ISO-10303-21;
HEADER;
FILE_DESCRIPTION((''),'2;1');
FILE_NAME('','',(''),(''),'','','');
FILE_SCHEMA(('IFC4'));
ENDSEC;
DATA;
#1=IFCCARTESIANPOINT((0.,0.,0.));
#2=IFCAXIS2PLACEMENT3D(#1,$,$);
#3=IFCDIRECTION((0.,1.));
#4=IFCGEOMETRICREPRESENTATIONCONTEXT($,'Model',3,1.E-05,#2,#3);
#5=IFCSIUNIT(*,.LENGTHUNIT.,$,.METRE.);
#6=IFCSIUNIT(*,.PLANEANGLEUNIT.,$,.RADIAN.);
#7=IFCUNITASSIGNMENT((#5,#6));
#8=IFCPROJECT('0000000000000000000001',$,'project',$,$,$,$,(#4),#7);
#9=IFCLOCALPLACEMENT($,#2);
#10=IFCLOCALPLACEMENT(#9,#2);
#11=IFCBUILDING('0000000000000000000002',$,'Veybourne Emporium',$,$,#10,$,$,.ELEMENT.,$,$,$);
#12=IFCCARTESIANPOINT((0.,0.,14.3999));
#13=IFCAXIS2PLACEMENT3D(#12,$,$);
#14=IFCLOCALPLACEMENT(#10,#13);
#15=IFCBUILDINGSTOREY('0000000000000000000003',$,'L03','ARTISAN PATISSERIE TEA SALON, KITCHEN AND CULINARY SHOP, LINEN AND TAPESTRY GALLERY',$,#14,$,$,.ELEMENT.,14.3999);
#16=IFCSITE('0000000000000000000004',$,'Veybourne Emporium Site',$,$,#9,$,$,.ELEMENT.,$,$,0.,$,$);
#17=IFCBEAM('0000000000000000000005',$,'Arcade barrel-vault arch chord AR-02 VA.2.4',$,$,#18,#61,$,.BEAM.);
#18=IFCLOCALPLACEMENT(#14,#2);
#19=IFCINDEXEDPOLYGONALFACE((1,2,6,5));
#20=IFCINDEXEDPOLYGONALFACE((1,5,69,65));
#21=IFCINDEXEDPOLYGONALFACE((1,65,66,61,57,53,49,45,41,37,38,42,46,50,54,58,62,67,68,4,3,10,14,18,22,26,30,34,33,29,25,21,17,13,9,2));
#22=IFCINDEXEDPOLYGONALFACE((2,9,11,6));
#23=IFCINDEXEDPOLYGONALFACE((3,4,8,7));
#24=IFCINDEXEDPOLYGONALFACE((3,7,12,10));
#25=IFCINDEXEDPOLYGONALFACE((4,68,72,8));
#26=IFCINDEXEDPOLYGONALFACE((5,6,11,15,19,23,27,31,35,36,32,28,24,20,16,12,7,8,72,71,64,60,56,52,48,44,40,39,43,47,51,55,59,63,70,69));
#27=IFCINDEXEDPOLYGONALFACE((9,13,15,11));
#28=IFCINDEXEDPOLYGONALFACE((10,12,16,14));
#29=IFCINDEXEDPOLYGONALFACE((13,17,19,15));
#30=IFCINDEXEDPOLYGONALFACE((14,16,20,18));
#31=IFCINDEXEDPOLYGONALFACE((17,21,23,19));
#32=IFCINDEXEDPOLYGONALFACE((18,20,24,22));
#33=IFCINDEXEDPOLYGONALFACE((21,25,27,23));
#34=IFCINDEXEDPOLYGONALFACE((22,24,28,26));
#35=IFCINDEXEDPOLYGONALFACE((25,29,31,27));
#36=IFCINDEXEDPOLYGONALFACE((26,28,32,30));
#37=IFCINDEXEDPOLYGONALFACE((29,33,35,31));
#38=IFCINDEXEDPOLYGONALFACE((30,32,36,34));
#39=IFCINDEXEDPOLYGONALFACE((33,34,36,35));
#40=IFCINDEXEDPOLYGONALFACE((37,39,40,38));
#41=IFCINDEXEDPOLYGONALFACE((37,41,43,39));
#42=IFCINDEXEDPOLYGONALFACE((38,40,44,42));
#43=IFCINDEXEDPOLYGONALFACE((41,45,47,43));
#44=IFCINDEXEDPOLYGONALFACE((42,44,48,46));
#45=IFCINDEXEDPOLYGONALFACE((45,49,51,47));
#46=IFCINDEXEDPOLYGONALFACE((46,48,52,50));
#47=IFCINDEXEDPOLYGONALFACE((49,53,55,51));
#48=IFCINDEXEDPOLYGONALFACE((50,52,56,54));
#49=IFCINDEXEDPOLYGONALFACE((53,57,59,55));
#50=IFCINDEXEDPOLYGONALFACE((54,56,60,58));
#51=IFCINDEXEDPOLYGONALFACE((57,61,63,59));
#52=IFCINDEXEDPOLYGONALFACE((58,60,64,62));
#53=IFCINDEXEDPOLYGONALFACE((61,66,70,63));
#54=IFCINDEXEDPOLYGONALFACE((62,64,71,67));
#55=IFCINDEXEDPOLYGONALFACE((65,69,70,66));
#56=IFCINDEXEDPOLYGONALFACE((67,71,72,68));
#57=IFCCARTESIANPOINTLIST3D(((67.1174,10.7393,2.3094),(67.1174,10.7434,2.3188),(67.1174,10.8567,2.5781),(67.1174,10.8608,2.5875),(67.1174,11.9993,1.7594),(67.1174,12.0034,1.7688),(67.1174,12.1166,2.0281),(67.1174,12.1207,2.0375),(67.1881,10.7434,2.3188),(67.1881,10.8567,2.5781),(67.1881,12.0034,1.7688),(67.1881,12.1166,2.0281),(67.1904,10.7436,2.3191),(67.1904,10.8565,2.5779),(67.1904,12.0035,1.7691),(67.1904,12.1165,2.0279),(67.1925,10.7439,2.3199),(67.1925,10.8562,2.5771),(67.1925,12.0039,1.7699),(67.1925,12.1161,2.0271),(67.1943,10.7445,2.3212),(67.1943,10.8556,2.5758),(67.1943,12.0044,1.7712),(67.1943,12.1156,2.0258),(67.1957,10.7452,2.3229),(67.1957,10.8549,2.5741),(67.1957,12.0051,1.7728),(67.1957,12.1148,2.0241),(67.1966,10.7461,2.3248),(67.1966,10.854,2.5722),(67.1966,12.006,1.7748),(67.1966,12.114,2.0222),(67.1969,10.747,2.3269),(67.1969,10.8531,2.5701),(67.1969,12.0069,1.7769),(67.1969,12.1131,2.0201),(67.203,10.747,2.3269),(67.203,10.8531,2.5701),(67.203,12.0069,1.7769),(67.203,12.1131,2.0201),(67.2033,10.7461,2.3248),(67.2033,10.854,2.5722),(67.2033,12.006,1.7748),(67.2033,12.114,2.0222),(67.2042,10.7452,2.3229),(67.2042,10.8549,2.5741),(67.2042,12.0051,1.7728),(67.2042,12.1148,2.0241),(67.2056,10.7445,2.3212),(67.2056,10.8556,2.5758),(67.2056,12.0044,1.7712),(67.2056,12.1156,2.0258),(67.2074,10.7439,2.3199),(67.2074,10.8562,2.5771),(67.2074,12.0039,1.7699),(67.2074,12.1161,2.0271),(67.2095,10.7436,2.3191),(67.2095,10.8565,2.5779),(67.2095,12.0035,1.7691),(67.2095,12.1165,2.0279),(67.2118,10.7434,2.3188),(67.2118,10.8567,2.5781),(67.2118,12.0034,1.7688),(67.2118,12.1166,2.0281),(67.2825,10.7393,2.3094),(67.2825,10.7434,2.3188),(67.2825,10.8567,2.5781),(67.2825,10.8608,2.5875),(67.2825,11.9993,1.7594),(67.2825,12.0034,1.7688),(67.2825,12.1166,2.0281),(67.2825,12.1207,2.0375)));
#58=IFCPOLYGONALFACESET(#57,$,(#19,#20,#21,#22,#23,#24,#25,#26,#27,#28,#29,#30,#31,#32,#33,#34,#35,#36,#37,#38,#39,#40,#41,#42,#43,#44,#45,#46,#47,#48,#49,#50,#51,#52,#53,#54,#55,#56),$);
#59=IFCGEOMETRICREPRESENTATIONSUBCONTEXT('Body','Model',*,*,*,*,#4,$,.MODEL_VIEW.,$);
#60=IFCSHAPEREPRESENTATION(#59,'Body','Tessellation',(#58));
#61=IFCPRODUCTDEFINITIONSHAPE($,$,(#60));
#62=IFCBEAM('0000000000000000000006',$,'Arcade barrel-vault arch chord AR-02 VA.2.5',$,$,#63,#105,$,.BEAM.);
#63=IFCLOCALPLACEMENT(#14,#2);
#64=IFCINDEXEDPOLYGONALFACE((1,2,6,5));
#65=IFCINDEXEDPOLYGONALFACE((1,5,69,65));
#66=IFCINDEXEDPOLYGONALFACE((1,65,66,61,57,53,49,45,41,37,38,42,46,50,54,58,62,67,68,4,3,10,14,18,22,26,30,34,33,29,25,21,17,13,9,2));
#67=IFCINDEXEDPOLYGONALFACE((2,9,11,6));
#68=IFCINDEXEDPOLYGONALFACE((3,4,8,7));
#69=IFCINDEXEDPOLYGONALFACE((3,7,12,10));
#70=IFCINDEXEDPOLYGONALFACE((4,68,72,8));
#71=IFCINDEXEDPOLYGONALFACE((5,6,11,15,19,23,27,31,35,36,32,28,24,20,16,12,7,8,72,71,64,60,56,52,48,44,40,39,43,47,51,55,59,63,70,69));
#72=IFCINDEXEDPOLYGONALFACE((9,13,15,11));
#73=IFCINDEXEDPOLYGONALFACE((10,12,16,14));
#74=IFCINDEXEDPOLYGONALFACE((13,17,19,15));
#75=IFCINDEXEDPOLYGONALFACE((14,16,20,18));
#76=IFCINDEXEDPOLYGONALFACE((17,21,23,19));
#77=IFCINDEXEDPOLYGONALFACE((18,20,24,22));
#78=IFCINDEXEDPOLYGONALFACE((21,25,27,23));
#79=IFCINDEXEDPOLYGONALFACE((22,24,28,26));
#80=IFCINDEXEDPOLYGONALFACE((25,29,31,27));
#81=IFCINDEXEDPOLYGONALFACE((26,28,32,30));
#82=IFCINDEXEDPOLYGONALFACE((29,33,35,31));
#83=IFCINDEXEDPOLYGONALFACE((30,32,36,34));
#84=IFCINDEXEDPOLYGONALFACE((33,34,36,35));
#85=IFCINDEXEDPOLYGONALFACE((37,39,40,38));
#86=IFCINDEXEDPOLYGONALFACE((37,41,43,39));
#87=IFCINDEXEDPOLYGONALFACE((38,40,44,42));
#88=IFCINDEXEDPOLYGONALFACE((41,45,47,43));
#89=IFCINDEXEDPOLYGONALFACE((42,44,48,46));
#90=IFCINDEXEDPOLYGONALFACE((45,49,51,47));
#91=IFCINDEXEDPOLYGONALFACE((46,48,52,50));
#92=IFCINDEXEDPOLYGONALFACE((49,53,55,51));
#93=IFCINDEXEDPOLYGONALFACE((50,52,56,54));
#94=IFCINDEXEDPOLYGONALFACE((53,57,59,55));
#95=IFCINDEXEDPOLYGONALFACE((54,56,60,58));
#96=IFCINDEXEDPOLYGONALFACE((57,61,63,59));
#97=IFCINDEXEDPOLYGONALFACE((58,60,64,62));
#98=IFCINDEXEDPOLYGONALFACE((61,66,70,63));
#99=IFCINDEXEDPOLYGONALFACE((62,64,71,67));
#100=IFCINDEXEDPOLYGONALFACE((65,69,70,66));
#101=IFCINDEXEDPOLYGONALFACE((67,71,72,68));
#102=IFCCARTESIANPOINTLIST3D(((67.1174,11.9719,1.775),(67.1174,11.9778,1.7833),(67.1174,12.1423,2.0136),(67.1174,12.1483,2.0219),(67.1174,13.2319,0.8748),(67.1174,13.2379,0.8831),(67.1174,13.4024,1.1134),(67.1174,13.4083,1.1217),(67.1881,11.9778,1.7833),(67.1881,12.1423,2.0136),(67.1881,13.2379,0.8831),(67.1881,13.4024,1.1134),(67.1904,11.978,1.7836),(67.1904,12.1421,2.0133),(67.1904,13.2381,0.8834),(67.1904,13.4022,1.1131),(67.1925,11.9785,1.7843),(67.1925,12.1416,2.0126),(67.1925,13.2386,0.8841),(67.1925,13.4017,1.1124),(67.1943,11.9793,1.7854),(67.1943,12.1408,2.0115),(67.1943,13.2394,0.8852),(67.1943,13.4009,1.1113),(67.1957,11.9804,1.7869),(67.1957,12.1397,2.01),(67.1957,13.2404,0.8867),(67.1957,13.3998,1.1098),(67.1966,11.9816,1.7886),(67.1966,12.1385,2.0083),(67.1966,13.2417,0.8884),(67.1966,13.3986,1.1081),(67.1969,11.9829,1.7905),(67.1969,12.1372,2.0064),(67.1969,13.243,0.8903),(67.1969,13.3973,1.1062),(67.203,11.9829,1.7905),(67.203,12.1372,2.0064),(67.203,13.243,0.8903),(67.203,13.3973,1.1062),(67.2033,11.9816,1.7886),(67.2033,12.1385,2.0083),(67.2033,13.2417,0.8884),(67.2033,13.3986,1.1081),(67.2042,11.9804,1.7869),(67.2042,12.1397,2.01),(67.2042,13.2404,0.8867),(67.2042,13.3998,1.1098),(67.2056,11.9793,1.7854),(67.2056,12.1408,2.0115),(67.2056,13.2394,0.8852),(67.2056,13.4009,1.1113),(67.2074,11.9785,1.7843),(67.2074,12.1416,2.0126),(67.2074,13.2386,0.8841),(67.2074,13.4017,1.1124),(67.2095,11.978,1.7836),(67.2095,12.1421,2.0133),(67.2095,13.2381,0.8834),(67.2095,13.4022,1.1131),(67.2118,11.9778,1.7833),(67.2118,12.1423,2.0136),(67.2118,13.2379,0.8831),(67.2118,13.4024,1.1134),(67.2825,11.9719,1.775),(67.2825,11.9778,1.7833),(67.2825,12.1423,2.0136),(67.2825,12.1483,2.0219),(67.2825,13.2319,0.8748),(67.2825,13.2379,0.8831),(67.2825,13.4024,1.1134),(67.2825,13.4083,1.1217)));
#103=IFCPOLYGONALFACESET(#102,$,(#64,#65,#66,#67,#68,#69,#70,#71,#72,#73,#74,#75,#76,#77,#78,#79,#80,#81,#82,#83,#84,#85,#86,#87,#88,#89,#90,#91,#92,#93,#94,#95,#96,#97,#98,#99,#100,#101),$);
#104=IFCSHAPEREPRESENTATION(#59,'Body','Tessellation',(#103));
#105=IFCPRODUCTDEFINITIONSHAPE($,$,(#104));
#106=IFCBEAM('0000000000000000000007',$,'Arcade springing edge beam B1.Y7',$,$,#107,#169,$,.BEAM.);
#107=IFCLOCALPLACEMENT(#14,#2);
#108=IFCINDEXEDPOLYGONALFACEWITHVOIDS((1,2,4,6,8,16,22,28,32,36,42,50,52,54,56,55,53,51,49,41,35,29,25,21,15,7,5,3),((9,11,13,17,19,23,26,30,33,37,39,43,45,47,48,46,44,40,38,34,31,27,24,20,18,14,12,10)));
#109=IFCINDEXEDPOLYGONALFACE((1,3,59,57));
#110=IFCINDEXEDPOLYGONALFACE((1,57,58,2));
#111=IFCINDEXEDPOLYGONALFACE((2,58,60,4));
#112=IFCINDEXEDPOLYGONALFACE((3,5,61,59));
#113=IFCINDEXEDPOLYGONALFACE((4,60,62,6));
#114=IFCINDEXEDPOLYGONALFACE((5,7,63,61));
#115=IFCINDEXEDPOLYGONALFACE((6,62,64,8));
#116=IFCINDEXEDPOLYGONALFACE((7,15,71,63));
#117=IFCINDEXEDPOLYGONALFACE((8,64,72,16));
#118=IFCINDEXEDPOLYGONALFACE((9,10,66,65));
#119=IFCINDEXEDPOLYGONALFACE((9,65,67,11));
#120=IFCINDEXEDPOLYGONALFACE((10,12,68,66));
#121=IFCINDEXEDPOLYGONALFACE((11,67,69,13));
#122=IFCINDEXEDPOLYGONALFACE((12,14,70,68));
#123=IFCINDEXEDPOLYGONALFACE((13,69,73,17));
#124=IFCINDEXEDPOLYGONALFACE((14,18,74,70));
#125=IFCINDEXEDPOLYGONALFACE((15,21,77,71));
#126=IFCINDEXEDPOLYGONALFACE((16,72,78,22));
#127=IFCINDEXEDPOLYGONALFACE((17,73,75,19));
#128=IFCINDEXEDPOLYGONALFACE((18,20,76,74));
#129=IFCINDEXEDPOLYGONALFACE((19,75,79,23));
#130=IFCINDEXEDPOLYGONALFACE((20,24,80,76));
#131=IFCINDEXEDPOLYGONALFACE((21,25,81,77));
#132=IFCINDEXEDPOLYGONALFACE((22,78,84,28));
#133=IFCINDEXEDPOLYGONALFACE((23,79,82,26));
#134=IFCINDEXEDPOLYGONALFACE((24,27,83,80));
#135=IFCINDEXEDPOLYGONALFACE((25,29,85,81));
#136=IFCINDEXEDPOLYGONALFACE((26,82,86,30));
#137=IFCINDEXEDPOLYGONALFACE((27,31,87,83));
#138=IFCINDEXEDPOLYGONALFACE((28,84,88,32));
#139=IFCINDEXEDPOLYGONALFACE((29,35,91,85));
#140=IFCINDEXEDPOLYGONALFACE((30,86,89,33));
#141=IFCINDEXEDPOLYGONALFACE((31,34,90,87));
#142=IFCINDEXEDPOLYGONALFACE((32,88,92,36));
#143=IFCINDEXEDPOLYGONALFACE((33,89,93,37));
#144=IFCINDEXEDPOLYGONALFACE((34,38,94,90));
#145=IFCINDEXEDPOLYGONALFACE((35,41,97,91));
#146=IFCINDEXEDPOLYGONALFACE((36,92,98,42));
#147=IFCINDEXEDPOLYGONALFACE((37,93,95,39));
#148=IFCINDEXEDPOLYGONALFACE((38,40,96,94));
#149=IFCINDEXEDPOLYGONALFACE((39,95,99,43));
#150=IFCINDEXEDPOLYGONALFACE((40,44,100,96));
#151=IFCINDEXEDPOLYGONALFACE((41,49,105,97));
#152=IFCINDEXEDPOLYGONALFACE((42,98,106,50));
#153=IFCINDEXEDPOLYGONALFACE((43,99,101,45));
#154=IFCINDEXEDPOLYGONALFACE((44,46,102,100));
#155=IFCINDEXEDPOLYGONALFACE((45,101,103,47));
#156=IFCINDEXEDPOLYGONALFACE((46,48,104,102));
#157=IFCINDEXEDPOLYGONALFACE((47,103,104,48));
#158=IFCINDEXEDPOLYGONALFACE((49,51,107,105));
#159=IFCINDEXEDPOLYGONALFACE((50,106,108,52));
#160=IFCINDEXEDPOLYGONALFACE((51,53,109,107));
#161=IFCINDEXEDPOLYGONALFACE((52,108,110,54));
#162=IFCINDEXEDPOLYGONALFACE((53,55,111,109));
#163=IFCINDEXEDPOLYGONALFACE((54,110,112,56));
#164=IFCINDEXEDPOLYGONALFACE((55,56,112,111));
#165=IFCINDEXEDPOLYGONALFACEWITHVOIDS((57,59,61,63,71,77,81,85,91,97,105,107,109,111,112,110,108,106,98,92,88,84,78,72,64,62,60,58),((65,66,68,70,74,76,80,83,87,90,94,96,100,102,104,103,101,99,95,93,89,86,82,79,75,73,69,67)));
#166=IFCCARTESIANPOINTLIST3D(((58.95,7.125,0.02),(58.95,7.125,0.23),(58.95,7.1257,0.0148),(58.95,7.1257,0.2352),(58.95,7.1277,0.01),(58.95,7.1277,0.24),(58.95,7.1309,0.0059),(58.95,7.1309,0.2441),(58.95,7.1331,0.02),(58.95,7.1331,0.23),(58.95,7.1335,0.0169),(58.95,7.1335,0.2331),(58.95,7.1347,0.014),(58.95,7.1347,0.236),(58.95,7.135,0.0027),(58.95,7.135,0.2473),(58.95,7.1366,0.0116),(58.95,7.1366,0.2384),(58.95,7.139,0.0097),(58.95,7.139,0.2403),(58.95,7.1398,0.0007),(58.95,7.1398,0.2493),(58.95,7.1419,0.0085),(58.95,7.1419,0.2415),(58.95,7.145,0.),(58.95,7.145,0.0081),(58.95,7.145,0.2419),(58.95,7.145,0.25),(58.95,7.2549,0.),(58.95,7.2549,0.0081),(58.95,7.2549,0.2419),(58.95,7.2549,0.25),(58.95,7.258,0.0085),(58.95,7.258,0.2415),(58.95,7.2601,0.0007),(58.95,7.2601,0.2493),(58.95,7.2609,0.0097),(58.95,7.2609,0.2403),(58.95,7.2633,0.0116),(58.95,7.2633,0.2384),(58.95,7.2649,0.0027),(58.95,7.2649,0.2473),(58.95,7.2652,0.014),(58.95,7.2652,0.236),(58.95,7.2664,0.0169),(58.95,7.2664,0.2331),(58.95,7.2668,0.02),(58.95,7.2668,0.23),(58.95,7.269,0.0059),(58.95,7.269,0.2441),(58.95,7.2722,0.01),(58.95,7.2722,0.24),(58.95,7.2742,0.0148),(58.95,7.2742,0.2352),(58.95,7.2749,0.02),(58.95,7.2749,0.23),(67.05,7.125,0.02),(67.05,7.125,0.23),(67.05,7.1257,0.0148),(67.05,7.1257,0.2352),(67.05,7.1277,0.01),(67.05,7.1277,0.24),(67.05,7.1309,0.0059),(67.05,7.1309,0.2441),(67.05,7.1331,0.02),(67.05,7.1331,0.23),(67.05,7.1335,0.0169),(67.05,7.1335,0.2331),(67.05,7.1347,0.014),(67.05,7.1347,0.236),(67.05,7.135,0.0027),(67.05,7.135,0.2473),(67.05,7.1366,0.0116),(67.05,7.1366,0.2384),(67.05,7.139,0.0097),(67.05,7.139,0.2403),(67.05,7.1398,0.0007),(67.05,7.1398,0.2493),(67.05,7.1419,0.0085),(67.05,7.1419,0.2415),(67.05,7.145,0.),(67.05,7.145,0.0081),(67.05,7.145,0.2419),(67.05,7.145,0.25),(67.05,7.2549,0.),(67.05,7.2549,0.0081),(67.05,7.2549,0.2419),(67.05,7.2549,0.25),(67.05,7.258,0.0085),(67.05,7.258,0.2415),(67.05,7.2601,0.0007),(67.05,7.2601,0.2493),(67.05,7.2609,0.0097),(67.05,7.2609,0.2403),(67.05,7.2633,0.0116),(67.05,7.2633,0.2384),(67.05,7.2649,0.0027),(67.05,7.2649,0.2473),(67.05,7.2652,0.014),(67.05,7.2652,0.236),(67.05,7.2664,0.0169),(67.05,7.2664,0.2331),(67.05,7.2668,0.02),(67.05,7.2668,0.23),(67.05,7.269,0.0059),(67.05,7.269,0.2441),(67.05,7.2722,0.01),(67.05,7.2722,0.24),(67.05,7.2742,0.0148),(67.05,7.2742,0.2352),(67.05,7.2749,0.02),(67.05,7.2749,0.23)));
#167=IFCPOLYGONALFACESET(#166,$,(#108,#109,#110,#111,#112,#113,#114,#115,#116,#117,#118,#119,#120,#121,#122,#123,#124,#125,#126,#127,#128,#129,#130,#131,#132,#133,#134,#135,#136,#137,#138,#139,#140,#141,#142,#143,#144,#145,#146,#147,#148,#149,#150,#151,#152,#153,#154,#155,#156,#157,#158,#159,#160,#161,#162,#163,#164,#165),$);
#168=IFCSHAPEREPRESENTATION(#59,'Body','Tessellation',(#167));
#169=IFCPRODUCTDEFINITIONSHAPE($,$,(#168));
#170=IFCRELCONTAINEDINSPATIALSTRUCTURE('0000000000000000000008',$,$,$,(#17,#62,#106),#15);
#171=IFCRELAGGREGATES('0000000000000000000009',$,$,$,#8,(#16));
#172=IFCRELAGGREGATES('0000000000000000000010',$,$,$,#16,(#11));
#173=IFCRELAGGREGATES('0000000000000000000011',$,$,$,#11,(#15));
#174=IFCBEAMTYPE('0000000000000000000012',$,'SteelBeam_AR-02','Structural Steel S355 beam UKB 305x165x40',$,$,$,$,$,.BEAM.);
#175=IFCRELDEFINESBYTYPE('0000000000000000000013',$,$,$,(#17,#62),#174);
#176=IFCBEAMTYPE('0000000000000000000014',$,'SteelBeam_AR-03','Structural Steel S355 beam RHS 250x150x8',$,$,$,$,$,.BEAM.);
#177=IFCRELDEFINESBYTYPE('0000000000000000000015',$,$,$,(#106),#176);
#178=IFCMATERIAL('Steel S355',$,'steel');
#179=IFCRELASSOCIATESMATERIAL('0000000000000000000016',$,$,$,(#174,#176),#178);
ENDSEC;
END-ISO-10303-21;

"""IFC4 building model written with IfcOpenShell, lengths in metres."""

from ifc_helpers import new_model, si_unit, direction, frame, origin, origin_2d, place, context, subcontext, project, spatial, hollow_rectangle, i_section, extrude, material, material_profile, profile_set, type_object, element, save


model = new_model("IFC4")

# Units and contexts
model_context = context("Model", 3, precision=1e-05, world=origin(), true_north=direction((0.0, 1.0)))
body_context = subcontext(model_context, "Body", "Model", "MODEL_VIEW")
ifc_project = project(units=[si_unit("LENGTHUNIT", "METRE"), si_unit("PLANEANGLEUNIT", "RADIAN")], contexts=[model_context])

# Site, building, storey
site_placement = place(None, origin())
site = spatial("IfcSite", under=ifc_project, at=site_placement, Name="Veybourne Emporium Site", CompositionType="ELEMENT", RefElevation=0.0)
building_placement = place(site_placement, origin())
building = spatial("IfcBuilding", under=site, at=building_placement, Name="Veybourne Emporium", CompositionType="ELEMENT")
storey_placement = place(building_placement, frame((0.0, 0.0, 14.3999)))
storey = spatial("IfcBuildingStorey", under=building, at=storey_placement, Name="L03", Description="ARTISAN PATISSERIE TEA SALON, KITCHEN AND CULINARY SHOP, LINEN AND TAPESTRY GALLERY", CompositionType="ELEMENT", Elevation=14.3999)

# Beams
ifc_material_1 = material(Name="Steel S355", Category="steel")
ifc_material_profile_1 = material_profile(ifc_material_1, i_section(OverallWidth=0.165, OverallDepth=0.3035, WebThickness=0.0061, FlangeThickness=0.0103, FilletRadius=0.0088, at=origin_2d()), Name="UKB 305x165x40")
ifc_profile_set_1 = profile_set([ifc_material_profile_1], Name="Steel S355")
beam_type_1 = type_object("IfcBeamType", Name="SteelBeam_AR-02", Description="Structural Steel S355 beam UKB 305x165x40", PredefinedType="BEAM", material=ifc_profile_set_1)
for number, where, z_axis, x_axis, name in (
    (1, (67.2, 10.8, 2.4485), (0.0, 0.916479, -0.400083), (-1.0, 0.0, 0.0), "Arcade barrel-vault arch chord AR-02 VA.2.4"),
):
    element("IfcBeam", number, at=place(storey_placement, frame(where, z_axis=z_axis, x_axis=x_axis)), inside=storey, type_object=beam_type_1, Name=name, PredefinedType="BEAM", context=body_context, shape_type="SweptSolid", body=[
        extrude(i_section(OverallWidth=0.165, OverallDepth=0.3035, WebThickness=0.0061, FlangeThickness=0.0103, FilletRadius=0.0088, at=origin_2d()), origin(), (0.0, 0.0, 1.0), 1.3748),
    ])
beam_1_placement = place(storey_placement, frame((67.2, 12.0601, 1.8984), z_axis=(0.0, 0.813691, -0.581298), x_axis=(-1.0, 0.0, 0.0)))
element("IfcBeam", 2, at=beam_1_placement, inside=storey, type_object=beam_type_1, Name="Arcade barrel-vault arch chord AR-02 VA.2.5", PredefinedType="BEAM", context=body_context, shape_type="SweptSolid", body=[
    extrude(i_section(OverallWidth=0.165, OverallDepth=0.3035, WebThickness=0.0061, FlangeThickness=0.0103, FilletRadius=0.0088, at=origin_2d()), origin(), (0.0, 0.0, 1.0), 1.5486),
])
ifc_material_profile_2 = material_profile(ifc_material_1, hollow_rectangle(XDim=0.1499, YDim=0.25, WallThickness=0.0081, InnerFilletRadius=0.012, OuterFilletRadius=0.02, at=origin_2d()), Name="RHS 250x150x8")
ifc_profile_set_2 = profile_set([ifc_material_profile_2], Name="Steel S355")
beam_type_2 = type_object("IfcBeamType", Name="SteelBeam_AR-03", Description="Structural Steel S355 beam RHS 250x150x8", PredefinedType="BEAM", material=ifc_profile_set_2)
beam_2_placement = place(storey_placement, frame((58.95, 7.2, 0.125), z_axis=(1.0, 0.0, 0.0), x_axis=(0.0, 1.0, 0.0)))
element("IfcBeam", 3, at=beam_2_placement, inside=storey, type_object=beam_type_2, Name="Arcade springing edge beam B1.Y7", PredefinedType="BEAM", context=body_context, shape_type="SweptSolid", body=[
    extrude(hollow_rectangle(XDim=0.1499, YDim=0.25, WallThickness=0.0081, InnerFilletRadius=0.012, OuterFilletRadius=0.02, at=origin_2d()), origin(), (0.0, 0.0, 1.0), 8.1001),
])

save(model, "model.ifc")
